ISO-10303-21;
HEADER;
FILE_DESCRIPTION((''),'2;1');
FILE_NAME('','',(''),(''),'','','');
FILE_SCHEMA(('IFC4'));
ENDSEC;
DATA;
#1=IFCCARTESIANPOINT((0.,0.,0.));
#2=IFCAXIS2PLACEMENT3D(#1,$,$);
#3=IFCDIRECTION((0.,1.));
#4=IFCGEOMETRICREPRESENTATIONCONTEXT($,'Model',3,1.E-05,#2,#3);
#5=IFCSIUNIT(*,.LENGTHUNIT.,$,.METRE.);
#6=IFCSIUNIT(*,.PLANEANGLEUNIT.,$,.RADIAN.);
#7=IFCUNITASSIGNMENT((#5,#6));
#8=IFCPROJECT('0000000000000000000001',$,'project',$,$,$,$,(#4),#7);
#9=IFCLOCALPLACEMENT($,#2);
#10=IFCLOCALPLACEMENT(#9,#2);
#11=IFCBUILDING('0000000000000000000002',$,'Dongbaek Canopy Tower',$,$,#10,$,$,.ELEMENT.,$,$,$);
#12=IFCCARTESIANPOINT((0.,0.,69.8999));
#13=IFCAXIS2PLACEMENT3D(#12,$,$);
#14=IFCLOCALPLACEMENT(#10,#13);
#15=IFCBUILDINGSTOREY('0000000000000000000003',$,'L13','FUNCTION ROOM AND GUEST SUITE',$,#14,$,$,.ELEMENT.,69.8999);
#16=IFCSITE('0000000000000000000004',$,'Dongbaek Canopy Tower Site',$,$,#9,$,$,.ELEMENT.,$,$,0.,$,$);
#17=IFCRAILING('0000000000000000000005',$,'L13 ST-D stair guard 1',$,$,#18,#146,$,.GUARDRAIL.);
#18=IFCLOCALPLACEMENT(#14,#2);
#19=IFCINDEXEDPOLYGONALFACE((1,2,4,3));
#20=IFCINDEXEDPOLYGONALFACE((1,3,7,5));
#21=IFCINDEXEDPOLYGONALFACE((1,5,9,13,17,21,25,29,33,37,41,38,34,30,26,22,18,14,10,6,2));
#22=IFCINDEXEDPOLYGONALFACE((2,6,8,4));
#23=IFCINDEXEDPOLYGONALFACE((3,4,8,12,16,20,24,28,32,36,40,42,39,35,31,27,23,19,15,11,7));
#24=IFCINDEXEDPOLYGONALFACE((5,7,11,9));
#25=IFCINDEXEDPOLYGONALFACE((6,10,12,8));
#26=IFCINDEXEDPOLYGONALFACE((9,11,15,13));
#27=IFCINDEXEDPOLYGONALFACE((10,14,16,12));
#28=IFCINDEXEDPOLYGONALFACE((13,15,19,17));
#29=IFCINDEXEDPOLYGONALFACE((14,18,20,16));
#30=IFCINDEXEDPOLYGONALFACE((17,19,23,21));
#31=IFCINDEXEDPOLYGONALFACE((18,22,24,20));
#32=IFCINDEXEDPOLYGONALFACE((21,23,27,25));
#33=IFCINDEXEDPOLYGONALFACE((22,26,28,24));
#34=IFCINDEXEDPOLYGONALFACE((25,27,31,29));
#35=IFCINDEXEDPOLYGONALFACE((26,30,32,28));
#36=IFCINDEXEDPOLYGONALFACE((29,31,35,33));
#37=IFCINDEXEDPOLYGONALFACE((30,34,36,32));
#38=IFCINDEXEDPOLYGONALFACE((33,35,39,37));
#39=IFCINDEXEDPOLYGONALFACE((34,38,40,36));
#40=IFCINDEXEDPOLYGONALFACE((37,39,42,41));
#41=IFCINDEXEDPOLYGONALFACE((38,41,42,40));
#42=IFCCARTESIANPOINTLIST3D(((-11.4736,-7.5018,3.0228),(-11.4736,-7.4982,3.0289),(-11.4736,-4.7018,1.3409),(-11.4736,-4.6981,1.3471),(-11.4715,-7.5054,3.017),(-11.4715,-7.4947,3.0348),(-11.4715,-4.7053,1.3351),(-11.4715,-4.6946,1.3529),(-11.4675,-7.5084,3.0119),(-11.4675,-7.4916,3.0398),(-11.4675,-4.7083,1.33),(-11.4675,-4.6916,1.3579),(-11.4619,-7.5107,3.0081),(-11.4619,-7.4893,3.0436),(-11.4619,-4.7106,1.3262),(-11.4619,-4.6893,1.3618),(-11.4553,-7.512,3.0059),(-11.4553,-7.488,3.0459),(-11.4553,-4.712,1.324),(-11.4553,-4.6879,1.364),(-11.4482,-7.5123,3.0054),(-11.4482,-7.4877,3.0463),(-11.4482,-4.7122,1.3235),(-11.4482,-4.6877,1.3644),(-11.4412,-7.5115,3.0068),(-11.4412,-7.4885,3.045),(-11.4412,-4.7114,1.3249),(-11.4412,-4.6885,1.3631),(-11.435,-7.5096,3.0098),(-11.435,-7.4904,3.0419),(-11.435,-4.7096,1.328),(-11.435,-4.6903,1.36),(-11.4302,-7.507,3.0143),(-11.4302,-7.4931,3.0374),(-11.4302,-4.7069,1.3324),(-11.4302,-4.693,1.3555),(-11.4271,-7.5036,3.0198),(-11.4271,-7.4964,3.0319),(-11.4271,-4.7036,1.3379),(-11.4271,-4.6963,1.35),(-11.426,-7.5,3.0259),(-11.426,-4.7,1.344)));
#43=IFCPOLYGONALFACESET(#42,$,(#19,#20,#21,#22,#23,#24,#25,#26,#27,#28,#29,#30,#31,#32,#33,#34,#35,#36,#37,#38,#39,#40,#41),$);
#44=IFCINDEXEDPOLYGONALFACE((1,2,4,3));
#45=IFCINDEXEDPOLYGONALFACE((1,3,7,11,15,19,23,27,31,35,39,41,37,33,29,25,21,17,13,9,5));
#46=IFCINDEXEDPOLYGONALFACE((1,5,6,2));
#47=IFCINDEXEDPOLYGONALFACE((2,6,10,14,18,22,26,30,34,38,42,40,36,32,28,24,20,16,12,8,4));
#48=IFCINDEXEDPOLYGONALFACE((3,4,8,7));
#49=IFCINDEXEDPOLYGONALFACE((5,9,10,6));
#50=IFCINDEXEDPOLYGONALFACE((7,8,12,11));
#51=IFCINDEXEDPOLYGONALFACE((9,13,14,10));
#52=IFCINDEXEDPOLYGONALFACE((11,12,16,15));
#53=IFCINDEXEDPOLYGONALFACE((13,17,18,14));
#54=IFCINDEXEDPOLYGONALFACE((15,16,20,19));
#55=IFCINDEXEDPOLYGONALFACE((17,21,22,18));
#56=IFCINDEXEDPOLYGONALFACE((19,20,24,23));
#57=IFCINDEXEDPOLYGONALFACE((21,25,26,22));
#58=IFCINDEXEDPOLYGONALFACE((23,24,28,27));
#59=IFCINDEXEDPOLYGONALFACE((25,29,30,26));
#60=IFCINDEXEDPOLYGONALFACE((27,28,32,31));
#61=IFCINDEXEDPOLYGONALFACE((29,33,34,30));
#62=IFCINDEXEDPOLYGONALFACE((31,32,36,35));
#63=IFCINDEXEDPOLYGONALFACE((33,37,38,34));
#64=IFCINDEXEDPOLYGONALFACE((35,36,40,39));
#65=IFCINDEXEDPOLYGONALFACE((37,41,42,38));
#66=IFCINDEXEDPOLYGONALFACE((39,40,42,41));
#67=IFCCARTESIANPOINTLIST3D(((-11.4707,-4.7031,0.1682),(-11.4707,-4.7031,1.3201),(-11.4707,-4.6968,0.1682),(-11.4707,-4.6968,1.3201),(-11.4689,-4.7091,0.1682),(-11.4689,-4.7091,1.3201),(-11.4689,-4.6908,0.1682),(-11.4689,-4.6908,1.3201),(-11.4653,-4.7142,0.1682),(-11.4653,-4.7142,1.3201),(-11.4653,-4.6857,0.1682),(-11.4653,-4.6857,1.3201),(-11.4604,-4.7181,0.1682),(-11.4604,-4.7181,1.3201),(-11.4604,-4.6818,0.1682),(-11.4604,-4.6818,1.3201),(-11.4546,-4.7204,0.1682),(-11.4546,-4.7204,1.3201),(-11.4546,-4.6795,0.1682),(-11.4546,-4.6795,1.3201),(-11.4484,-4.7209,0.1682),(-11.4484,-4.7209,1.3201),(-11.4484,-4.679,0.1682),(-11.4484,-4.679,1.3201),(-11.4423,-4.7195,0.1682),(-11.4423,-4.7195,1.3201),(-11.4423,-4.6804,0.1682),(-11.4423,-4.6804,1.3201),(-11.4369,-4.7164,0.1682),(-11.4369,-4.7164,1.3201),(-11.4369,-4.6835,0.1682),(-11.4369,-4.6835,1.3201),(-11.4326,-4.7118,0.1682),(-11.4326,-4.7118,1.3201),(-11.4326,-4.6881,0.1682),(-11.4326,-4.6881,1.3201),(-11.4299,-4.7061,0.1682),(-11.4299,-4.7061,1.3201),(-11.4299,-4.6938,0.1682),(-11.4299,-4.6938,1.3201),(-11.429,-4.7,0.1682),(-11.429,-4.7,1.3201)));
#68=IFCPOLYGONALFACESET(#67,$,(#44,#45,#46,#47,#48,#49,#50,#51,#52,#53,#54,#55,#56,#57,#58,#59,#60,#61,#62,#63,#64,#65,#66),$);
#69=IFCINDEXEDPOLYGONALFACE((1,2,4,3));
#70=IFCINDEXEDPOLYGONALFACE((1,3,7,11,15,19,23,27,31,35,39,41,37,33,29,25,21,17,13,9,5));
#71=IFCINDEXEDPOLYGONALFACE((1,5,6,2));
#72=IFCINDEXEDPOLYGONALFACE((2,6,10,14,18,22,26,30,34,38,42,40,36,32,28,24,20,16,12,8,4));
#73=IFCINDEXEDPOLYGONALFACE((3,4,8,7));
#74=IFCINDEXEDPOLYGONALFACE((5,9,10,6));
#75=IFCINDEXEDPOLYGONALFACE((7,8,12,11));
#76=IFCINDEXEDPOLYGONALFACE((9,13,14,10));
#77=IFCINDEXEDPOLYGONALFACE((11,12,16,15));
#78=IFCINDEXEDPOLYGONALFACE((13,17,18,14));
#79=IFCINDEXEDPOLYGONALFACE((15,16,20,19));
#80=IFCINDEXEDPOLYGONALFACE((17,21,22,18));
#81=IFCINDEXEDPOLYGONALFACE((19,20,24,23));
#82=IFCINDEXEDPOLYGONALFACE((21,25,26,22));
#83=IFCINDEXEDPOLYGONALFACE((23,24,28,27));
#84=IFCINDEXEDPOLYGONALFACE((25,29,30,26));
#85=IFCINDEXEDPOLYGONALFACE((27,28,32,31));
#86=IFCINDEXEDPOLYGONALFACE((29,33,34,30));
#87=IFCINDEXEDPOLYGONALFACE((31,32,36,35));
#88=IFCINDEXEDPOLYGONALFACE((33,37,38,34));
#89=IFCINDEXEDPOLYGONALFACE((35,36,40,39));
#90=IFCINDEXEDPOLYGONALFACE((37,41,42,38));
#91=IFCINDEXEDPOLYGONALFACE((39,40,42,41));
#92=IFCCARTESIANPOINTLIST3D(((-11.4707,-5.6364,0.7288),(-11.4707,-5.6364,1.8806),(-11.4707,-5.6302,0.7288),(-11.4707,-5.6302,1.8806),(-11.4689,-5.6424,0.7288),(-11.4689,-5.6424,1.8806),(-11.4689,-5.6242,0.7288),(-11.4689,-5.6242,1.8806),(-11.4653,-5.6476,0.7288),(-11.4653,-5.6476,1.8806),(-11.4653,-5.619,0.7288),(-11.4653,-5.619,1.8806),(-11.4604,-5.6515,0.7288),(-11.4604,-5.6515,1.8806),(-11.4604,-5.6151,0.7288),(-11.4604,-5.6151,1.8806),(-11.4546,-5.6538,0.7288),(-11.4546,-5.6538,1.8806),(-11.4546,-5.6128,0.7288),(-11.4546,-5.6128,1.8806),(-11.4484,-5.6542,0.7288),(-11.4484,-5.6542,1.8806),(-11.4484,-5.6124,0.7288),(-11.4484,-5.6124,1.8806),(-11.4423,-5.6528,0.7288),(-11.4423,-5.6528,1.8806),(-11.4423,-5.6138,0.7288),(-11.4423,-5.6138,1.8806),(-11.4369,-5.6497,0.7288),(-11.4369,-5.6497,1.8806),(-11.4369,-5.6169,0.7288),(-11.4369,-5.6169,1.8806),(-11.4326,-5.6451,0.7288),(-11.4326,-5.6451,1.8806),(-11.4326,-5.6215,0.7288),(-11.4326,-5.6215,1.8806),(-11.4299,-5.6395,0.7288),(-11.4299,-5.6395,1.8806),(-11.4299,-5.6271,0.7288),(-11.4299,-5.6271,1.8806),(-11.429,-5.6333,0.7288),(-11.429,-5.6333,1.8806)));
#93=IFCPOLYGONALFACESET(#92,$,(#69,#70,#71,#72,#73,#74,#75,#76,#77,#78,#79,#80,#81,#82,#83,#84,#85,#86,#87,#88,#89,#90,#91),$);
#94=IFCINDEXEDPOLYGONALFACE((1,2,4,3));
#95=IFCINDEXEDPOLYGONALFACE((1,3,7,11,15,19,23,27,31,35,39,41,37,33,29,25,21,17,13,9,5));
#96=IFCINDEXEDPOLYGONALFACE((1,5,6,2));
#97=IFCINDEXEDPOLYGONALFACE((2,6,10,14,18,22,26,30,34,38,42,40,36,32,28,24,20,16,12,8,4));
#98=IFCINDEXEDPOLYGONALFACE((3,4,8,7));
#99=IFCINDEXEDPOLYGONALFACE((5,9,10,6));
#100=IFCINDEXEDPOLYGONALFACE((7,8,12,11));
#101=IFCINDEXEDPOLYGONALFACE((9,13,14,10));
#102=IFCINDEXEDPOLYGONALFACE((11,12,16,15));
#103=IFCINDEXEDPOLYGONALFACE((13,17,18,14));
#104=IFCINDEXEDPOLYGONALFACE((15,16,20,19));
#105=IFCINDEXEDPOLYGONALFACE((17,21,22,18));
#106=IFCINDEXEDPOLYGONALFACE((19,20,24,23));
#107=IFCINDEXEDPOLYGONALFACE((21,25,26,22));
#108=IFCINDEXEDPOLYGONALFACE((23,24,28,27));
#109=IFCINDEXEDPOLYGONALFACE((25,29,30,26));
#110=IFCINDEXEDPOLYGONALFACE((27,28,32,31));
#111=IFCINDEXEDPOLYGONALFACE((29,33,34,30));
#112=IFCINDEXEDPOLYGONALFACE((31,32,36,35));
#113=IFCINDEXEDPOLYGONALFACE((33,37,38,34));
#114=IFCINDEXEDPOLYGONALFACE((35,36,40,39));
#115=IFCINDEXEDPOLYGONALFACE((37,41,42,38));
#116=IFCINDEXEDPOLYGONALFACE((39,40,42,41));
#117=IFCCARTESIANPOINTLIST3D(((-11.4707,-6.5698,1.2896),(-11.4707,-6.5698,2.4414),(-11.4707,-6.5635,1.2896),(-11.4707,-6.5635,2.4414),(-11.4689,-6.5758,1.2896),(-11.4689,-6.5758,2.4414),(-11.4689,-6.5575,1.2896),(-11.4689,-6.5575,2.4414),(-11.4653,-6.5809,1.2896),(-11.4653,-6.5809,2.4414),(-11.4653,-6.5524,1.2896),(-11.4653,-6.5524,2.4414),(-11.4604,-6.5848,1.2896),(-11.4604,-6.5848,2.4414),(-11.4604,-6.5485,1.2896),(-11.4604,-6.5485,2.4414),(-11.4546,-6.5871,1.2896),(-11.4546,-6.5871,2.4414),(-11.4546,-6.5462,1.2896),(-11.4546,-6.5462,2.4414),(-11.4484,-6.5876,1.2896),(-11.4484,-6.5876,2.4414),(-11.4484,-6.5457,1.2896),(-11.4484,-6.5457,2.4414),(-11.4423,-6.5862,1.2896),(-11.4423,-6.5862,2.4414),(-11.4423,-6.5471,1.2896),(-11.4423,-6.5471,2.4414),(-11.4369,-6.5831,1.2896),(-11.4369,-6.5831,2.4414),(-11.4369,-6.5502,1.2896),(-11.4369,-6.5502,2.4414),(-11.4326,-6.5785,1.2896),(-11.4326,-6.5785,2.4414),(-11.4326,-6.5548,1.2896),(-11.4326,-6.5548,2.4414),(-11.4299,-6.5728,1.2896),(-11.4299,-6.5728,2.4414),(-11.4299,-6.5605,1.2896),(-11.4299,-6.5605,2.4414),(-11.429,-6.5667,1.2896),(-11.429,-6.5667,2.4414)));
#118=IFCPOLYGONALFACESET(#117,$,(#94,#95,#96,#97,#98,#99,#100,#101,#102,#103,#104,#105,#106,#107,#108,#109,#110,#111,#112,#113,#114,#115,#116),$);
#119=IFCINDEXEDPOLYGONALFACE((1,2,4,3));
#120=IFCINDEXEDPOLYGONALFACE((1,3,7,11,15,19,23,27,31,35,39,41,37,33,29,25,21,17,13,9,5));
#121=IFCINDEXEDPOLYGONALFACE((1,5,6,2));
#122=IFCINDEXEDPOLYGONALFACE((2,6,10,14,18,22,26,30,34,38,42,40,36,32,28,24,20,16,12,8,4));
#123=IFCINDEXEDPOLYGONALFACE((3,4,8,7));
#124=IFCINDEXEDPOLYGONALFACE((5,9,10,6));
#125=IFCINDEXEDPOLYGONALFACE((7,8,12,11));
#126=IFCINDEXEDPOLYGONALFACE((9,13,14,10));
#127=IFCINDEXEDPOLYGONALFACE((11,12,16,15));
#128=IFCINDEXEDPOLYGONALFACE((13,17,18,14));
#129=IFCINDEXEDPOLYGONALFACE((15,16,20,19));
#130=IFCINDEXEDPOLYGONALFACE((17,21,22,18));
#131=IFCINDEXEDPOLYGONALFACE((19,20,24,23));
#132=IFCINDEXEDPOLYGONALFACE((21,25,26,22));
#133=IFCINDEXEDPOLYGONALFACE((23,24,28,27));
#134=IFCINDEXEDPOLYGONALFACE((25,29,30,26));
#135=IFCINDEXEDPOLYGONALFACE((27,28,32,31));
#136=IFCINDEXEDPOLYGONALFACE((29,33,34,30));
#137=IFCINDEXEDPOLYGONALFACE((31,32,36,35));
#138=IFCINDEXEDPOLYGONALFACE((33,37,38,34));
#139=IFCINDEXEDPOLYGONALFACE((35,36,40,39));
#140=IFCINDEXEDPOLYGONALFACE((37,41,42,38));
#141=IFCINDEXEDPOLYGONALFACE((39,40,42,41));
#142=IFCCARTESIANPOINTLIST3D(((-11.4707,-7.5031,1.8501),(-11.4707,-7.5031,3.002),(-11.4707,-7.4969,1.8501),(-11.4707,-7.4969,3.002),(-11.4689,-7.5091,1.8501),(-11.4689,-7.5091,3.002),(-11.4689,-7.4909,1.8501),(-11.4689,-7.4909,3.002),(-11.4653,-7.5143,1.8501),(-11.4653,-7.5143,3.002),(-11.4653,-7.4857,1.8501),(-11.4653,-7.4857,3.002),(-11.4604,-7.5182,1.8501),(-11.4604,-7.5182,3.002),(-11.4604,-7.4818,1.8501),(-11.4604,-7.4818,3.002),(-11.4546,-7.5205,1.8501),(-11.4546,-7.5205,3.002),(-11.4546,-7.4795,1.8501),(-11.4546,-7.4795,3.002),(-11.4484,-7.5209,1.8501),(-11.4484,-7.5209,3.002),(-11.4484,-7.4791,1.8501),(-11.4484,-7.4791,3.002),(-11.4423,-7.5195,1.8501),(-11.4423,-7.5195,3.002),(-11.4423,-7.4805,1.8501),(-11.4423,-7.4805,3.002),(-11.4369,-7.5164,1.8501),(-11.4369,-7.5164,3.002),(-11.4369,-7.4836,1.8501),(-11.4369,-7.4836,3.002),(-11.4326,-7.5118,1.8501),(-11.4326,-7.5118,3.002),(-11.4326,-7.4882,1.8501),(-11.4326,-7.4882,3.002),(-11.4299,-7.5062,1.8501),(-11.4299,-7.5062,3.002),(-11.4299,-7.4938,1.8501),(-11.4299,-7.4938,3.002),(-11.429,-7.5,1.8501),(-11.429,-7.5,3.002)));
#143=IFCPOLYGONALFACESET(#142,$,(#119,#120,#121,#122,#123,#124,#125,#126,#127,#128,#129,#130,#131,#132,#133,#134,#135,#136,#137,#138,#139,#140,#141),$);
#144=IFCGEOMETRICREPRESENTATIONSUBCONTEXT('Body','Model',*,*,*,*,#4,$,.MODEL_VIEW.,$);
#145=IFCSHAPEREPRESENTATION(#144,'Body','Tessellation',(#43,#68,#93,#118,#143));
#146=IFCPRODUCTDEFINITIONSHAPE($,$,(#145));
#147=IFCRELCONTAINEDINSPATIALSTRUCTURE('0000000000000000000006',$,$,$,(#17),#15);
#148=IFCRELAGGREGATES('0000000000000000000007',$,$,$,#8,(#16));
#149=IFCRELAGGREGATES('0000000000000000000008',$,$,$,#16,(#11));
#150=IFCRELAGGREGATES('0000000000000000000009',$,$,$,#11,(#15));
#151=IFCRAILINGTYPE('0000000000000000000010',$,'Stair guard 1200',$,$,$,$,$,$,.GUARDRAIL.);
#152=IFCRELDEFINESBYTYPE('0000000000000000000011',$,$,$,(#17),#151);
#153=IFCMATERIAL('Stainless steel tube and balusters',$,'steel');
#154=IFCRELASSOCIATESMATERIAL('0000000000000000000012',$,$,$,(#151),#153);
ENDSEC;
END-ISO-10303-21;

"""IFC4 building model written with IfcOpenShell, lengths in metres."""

from ifc_helpers import new_model, si_unit, direction, frame, origin, origin_2d, place, context, subcontext, project, spatial, circle, extrude, material, type_object, element, save


model = new_model("IFC4")

# Units and contexts
model_context = context("Model", 3, precision=1e-05, world=origin(), true_north=direction((0.0, 1.0)))
body_context = subcontext(model_context, "Body", "Model", "MODEL_VIEW")
ifc_project = project(units=[si_unit("LENGTHUNIT", "METRE"), si_unit("PLANEANGLEUNIT", "RADIAN")], contexts=[model_context])

# Site, building, storey
site_placement = place(None, origin())
site = spatial("IfcSite", under=ifc_project, at=site_placement, Name="Dongbaek Canopy Tower Site", CompositionType="ELEMENT", RefElevation=0.0)
building_placement = place(site_placement, origin())
building = spatial("IfcBuilding", under=site, at=building_placement, Name="Dongbaek Canopy Tower", CompositionType="ELEMENT")
storey_placement = place(building_placement, frame((0.0, 0.0, 69.8999)))
storey = spatial("IfcBuildingStorey", under=building, at=storey_placement, Name="L13", Description="FUNCTION ROOM AND GUEST SUITE", CompositionType="ELEMENT", Elevation=69.8999)

# Railing
ifc_material_1 = material(Name="Stainless steel tube and balusters", Category="steel")
railing_type_1 = type_object("IfcRailingType", Name="Stair guard 1200", PredefinedType="GUARDRAIL", material=ifc_material_1)
railing_1_placement = place(storey_placement, frame((-11.45, -4.7, 0.1682)))
element("IfcRailing", 1, at=railing_1_placement, inside=storey, type_object=railing_type_1, Name="L13 ST-D stair guard 1", PredefinedType="GUARDRAIL", context=body_context, shape_type="SweptSolid", body=[
    extrude(circle(Radius=0.0239, at=origin_2d()), frame((0.0, 0.0, 1.1758), z_axis=(0.0, -0.857242, 0.514913), x_axis=(1.0, 0.0, 0.0)), (0.0, 0.0, 1.0), 3.2664),
    extrude(circle(Radius=0.021, at=origin_2d()), origin(), (0.0, 0.0, 1.0), 1.1519),
    extrude(circle(Radius=0.021, at=origin_2d()), frame((0.0, -0.9333, 0.5605)), (0.0, 0.0, 1.0), 1.1519),
    extrude(circle(Radius=0.021, at=origin_2d()), frame((0.0, -1.8667, 1.1213)), (0.0, 0.0, 1.0), 1.1519),
    extrude(circle(Radius=0.021, at=origin_2d()), frame((0.0, -2.8, 1.6819)), (0.0, 0.0, 1.0), 1.1519),
])

save(model, "model.ifc")
